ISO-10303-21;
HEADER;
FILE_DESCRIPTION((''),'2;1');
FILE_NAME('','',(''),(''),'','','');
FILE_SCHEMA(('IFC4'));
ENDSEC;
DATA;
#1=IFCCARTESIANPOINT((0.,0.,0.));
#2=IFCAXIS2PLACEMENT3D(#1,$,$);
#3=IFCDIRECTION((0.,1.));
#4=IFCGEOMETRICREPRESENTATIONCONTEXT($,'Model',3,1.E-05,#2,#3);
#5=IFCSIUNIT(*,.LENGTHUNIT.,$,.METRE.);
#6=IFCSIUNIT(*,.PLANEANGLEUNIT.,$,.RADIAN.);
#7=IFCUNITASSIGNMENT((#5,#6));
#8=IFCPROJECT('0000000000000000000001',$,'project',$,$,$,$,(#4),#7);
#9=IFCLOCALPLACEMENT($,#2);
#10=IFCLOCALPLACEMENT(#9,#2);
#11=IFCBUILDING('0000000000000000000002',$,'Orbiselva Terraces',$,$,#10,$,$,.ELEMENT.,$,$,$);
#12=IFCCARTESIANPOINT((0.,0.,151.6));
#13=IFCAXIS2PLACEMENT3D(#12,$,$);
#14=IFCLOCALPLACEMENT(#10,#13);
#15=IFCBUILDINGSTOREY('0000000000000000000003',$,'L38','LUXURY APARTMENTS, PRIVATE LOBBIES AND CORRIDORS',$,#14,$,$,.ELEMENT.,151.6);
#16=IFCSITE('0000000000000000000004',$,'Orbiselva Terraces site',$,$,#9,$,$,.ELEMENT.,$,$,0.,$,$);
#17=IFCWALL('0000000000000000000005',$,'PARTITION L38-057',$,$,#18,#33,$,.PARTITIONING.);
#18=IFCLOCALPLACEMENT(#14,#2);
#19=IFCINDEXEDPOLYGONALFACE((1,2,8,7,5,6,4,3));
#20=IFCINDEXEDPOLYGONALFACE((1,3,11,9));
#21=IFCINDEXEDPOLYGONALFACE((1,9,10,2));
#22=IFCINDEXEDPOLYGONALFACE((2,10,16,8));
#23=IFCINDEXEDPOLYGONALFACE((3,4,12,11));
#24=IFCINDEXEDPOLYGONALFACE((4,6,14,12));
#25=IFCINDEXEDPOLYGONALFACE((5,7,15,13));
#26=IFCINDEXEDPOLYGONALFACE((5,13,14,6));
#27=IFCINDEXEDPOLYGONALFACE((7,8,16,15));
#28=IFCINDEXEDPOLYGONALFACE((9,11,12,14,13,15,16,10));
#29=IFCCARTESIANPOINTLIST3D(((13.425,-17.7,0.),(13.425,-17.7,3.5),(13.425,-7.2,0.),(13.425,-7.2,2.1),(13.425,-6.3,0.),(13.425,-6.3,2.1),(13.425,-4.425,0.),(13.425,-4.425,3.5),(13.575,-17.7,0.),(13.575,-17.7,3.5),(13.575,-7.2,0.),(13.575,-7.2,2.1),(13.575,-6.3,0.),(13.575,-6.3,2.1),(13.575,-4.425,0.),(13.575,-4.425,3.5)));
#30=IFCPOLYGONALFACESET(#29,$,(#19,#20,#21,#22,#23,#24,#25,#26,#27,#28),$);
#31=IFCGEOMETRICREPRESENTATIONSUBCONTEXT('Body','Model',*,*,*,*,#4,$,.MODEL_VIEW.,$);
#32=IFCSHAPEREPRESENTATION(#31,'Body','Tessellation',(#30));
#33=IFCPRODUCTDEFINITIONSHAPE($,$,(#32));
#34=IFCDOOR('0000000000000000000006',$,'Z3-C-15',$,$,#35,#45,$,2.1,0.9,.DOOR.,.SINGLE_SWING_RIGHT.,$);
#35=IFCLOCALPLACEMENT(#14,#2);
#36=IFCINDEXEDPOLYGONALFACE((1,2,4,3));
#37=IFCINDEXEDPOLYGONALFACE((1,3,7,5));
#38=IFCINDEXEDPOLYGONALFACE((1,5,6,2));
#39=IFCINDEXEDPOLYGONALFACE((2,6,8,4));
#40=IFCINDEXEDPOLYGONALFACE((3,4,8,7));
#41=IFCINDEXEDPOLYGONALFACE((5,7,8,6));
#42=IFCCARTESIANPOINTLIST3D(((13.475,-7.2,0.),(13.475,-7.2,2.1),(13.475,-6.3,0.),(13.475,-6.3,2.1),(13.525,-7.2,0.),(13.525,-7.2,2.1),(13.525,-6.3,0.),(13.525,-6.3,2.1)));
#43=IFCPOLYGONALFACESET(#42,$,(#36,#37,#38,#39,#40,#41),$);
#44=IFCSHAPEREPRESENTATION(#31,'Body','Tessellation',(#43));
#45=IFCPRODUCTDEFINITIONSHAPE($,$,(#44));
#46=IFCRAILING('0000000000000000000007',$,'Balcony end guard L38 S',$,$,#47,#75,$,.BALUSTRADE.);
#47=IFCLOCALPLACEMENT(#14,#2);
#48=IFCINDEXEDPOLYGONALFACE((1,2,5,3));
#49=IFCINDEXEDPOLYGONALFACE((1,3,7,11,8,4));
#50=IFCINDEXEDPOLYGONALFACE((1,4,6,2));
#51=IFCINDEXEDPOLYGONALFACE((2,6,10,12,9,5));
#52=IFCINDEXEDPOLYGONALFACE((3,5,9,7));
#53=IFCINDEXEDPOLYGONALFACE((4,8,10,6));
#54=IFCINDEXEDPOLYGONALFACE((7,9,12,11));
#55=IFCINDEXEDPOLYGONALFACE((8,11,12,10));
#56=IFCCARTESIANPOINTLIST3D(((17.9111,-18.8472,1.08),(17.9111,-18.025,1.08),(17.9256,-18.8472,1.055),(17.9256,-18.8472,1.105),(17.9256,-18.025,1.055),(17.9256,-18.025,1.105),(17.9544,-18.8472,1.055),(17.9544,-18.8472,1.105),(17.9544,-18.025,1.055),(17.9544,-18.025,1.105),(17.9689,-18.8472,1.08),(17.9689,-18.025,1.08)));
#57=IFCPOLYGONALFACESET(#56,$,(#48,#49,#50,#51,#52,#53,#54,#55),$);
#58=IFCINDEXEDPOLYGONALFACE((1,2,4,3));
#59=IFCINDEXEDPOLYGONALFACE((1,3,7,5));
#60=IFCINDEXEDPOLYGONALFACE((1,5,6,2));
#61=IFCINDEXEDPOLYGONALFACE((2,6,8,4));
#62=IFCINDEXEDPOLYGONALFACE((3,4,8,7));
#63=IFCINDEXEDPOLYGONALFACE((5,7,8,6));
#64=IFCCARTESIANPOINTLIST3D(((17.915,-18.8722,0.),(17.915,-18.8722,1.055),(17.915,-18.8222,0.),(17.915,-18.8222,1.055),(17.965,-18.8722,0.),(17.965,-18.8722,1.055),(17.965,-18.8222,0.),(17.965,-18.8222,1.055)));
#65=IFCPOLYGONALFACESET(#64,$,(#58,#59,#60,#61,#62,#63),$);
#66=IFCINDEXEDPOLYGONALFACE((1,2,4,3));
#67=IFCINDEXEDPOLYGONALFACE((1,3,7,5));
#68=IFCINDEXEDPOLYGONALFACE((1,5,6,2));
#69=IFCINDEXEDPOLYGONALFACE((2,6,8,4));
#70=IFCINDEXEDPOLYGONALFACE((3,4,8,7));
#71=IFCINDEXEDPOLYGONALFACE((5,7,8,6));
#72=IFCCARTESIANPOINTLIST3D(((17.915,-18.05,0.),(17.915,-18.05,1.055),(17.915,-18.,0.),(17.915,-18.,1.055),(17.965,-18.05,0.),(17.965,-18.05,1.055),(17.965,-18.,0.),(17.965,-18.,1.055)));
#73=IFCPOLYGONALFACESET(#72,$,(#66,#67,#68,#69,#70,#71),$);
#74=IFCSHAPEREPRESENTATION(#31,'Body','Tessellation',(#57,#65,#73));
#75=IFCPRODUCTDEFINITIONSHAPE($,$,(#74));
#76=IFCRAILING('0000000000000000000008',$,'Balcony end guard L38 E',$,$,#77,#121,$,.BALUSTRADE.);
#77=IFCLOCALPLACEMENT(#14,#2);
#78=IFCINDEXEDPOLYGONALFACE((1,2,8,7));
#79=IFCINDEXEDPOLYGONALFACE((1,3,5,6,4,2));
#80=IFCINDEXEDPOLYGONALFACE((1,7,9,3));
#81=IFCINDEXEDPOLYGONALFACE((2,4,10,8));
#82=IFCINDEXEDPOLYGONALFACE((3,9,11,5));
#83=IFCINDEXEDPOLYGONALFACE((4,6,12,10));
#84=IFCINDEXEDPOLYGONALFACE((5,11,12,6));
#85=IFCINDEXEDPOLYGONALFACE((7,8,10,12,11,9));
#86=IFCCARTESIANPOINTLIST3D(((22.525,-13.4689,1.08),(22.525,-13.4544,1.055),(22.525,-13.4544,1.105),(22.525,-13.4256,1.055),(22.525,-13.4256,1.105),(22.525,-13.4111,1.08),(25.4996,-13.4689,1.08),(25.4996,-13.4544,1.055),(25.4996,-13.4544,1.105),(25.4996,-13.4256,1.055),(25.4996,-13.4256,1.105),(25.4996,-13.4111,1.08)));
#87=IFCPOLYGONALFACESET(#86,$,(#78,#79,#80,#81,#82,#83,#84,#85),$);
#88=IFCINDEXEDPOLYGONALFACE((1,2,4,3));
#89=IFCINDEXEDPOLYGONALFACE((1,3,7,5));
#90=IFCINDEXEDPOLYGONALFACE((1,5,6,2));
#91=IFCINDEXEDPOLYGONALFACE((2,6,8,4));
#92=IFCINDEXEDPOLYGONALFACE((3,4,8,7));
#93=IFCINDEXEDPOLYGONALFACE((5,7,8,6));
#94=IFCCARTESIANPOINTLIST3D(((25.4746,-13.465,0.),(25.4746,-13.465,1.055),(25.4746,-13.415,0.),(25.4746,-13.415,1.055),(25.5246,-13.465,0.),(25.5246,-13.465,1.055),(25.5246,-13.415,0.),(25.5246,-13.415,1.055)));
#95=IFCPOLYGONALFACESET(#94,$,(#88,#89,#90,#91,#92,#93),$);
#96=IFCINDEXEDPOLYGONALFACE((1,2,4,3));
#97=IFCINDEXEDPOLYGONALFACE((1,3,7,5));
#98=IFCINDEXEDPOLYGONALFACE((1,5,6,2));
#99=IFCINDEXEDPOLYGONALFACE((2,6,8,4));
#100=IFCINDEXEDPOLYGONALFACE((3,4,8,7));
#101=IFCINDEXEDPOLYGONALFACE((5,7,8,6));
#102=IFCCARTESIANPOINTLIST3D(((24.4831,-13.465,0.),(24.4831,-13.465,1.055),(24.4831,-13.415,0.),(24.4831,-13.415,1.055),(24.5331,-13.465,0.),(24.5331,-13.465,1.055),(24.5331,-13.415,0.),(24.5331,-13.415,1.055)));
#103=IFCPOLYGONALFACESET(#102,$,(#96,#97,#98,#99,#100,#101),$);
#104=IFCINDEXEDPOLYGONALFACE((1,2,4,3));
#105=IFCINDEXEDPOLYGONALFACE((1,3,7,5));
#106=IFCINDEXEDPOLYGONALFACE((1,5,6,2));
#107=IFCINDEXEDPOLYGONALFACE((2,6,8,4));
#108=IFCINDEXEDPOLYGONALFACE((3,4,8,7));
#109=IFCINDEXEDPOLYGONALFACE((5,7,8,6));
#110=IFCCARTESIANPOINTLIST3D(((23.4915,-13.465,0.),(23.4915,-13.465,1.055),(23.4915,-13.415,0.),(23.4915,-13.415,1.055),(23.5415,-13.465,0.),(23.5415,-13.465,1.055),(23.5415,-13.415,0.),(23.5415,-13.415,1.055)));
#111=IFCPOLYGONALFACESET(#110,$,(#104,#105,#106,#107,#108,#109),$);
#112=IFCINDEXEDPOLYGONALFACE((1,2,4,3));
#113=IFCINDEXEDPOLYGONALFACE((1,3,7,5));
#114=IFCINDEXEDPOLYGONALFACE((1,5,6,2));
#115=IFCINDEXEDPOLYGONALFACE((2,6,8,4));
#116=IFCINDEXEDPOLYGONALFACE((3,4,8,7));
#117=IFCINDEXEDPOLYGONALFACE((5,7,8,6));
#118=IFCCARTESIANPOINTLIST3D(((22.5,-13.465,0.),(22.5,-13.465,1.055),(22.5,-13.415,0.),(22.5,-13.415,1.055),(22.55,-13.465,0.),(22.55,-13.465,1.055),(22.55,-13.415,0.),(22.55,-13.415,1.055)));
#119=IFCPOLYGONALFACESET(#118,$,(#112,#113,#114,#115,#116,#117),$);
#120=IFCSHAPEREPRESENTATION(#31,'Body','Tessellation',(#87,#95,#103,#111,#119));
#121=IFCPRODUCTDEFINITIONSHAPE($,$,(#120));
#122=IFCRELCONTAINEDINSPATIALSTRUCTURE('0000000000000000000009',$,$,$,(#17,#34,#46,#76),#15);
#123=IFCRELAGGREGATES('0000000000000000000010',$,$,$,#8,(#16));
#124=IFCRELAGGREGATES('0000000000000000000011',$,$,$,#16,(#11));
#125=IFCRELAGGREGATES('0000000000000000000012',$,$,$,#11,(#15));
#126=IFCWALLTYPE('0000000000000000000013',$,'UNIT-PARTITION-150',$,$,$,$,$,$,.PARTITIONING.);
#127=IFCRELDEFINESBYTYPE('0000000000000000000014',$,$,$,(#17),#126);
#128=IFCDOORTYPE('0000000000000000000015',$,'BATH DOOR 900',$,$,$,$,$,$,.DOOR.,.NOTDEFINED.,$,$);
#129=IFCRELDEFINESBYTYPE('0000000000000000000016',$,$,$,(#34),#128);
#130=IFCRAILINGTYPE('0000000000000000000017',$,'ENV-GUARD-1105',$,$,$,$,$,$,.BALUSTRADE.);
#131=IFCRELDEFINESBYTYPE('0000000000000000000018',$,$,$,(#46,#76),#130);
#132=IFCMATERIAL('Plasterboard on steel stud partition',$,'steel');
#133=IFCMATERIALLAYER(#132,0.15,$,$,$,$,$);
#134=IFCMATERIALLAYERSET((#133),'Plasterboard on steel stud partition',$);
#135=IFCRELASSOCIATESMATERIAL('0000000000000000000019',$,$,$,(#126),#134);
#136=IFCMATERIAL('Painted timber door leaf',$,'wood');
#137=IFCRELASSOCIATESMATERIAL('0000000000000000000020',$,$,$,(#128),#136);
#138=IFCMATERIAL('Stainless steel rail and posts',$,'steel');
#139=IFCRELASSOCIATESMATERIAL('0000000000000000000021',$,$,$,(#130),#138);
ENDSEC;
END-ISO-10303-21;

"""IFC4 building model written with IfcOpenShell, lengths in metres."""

from ifc_helpers import new_model, si_unit, direction, frame, frame_2d, origin, origin_2d, place, context, subcontext, project, spatial, polyline, rectangle, outline, extrude, material, layer, layer_set, type_object, element, fill, save


model = new_model("IFC4")

# Units and contexts
model_context = context("Model", 3, precision=1e-05, world=origin(), true_north=direction((0.0, 1.0)))
body_context = subcontext(model_context, "Body", "Model", "MODEL_VIEW")
ifc_project = project(units=[si_unit("LENGTHUNIT", "METRE"), si_unit("PLANEANGLEUNIT", "RADIAN")], contexts=[model_context])

# Site, building, storey
site_placement = place(None, origin())
site = spatial("IfcSite", under=ifc_project, at=site_placement, Name="Orbiselva Terraces site", CompositionType="ELEMENT", RefElevation=0.0)
building_placement = place(site_placement, origin())
building = spatial("IfcBuilding", under=site, at=building_placement, Name="Orbiselva Terraces", CompositionType="ELEMENT")
storey_placement = place(building_placement, frame((0.0, 0.0, 151.6)))
storey = spatial("IfcBuildingStorey", under=building, at=storey_placement, Name="L38", Description="LUXURY APARTMENTS, PRIVATE LOBBIES AND CORRIDORS", CompositionType="ELEMENT", Elevation=151.6)

# Shared definitions
ifc_material_1 = material(Name="Plasterboard on steel stud partition", Category="steel")
ifc_layer_1 = layer(ifc_material_1, 0.15)
ifc_layer_set_1 = layer_set([ifc_layer_1], Name="Plasterboard on steel stud partition")
wall_type_1 = type_object("IfcWallType", Name="UNIT-PARTITION-150", PredefinedType="PARTITIONING", material=ifc_layer_set_1)

# Wall, opening, door
wall_1_placement = place(storey_placement, frame((13.5, -17.7, 0.0), z_axis=(0.0, 0.0, 1.0), x_axis=(0.0, 1.0, 0.0)))
wall_1 = element("IfcWall", 1, at=wall_1_placement, inside=storey, type_object=wall_type_1, Name="PARTITION L38-057", PredefinedType="PARTITIONING", context=body_context, shape_type="SweptSolid", body=[
    extrude(rectangle(XDim=13.275, YDim=0.15, at=frame_2d((6.6375, 0.0))), origin(), (0.0, 0.0, 1.0), 3.5),
])
opening_1_placement = place(wall_1_placement, frame((10.5, 0.0, 0.0)))
opening_1 = element("IfcOpeningElement", 2, at=opening_1_placement, cuts=wall_1, PredefinedType="OPENING", context=body_context, shape_type="SweptSolid", body=[
    extrude(rectangle(XDim=0.9, YDim=2.1, at=frame_2d((0.45, 1.05))), frame((0.0, 0.085, 0.0), z_axis=(0.0, -1.0, 0.0), x_axis=(1.0, 0.0, 0.0)), (0.0, 0.0, 1.0), 0.17),
])
ifc_material_2 = material(Name="Painted timber door leaf", Category="wood")
door_type_1 = type_object("IfcDoorType", Name="BATH DOOR 900", OperationType="NOTDEFINED", PredefinedType="DOOR", material=ifc_material_2)
door_1_placement = place(opening_1_placement, origin())
door_1 = element("IfcDoor", 3, at=door_1_placement, inside=storey, type_object=door_type_1, Name="Z3-C-15", OperationType="SINGLE_SWING_RIGHT", OverallHeight=2.1, OverallWidth=0.9, PredefinedType="DOOR", context=body_context, shape_type="SweptSolid", body=[
    extrude(rectangle(XDim=0.9, YDim=2.1, at=frame_2d((0.45, 1.05))), frame((0.0, 0.025, 0.0), z_axis=(0.0, -1.0, 0.0), x_axis=(1.0, 0.0, 0.0)), (0.0, 0.0, 1.0), 0.05),
])
fill(opening_1, door_1)

# Railings
ifc_material_3 = material(Name="Stainless steel rail and posts", Category="steel")
railing_type_1 = type_object("IfcRailingType", Name="ENV-GUARD-1105", PredefinedType="BALUSTRADE", material=ifc_material_3)
railing_1_placement = place(storey_placement, frame((17.94, -18.8472, 0.0)))
element("IfcRailing", 4, at=railing_1_placement, inside=storey, type_object=railing_type_1, Name="Balcony end guard L38 S", PredefinedType="BALUSTRADE", context=body_context, shape_type="SweptSolid", body=[
    extrude(outline(polyline([(0.0289, 0.0), (0.0144, 0.025), (-0.0144, 0.025), (-0.0289, 0.0), (-0.0144, -0.025), (0.0144, -0.025), (0.0289, 0.0)])), frame((0.0, 0.0, 1.08), z_axis=(0.0, 1.0, 0.0), x_axis=(-1.0, 0.0, 0.0)), (0.0, 0.0, 1.0), 0.8222),
    extrude(rectangle(XDim=0.05, YDim=0.05, at=origin_2d()), origin(), (0.0, 0.0, 1.0), 1.055),
    extrude(rectangle(XDim=0.05, YDim=0.05, at=origin_2d()), frame((0.0, 0.8222, 0.0)), (0.0, 0.0, 1.0), 1.055),
])
railing_2_placement = place(storey_placement, frame((25.4996, -13.44, 0.0)))
element("IfcRailing", 5, at=railing_2_placement, inside=storey, type_object=railing_type_1, Name="Balcony end guard L38 E", PredefinedType="BALUSTRADE", context=body_context, shape_type="SweptSolid", body=[
    extrude(outline(polyline([(0.0289, 0.0), (0.0144, 0.025), (-0.0144, 0.025), (-0.0289, 0.0), (-0.0144, -0.025), (0.0144, -0.025), (0.0289, 0.0)])), frame((0.0, 0.0, 1.08), z_axis=(-1.0, 0.0, 0.0), x_axis=(0.0, -1.0, 0.0)), (0.0, 0.0, 1.0), 2.9746),
    extrude(rectangle(XDim=0.05, YDim=0.05, at=origin_2d()), origin(), (0.0, 0.0, 1.0), 1.055),
    extrude(rectangle(XDim=0.05, YDim=0.05, at=origin_2d()), frame((-0.9915, 0.0, 0.0)), (0.0, 0.0, 1.0), 1.055),
    extrude(rectangle(XDim=0.05, YDim=0.05, at=origin_2d()), frame((-1.9831, 0.0, 0.0)), (0.0, 0.0, 1.0), 1.055),
    extrude(rectangle(XDim=0.05, YDim=0.05, at=origin_2d()), frame((-2.9746, 0.0, 0.0)), (0.0, 0.0, 1.0), 1.055),
])

save(model, "model.ifc")
